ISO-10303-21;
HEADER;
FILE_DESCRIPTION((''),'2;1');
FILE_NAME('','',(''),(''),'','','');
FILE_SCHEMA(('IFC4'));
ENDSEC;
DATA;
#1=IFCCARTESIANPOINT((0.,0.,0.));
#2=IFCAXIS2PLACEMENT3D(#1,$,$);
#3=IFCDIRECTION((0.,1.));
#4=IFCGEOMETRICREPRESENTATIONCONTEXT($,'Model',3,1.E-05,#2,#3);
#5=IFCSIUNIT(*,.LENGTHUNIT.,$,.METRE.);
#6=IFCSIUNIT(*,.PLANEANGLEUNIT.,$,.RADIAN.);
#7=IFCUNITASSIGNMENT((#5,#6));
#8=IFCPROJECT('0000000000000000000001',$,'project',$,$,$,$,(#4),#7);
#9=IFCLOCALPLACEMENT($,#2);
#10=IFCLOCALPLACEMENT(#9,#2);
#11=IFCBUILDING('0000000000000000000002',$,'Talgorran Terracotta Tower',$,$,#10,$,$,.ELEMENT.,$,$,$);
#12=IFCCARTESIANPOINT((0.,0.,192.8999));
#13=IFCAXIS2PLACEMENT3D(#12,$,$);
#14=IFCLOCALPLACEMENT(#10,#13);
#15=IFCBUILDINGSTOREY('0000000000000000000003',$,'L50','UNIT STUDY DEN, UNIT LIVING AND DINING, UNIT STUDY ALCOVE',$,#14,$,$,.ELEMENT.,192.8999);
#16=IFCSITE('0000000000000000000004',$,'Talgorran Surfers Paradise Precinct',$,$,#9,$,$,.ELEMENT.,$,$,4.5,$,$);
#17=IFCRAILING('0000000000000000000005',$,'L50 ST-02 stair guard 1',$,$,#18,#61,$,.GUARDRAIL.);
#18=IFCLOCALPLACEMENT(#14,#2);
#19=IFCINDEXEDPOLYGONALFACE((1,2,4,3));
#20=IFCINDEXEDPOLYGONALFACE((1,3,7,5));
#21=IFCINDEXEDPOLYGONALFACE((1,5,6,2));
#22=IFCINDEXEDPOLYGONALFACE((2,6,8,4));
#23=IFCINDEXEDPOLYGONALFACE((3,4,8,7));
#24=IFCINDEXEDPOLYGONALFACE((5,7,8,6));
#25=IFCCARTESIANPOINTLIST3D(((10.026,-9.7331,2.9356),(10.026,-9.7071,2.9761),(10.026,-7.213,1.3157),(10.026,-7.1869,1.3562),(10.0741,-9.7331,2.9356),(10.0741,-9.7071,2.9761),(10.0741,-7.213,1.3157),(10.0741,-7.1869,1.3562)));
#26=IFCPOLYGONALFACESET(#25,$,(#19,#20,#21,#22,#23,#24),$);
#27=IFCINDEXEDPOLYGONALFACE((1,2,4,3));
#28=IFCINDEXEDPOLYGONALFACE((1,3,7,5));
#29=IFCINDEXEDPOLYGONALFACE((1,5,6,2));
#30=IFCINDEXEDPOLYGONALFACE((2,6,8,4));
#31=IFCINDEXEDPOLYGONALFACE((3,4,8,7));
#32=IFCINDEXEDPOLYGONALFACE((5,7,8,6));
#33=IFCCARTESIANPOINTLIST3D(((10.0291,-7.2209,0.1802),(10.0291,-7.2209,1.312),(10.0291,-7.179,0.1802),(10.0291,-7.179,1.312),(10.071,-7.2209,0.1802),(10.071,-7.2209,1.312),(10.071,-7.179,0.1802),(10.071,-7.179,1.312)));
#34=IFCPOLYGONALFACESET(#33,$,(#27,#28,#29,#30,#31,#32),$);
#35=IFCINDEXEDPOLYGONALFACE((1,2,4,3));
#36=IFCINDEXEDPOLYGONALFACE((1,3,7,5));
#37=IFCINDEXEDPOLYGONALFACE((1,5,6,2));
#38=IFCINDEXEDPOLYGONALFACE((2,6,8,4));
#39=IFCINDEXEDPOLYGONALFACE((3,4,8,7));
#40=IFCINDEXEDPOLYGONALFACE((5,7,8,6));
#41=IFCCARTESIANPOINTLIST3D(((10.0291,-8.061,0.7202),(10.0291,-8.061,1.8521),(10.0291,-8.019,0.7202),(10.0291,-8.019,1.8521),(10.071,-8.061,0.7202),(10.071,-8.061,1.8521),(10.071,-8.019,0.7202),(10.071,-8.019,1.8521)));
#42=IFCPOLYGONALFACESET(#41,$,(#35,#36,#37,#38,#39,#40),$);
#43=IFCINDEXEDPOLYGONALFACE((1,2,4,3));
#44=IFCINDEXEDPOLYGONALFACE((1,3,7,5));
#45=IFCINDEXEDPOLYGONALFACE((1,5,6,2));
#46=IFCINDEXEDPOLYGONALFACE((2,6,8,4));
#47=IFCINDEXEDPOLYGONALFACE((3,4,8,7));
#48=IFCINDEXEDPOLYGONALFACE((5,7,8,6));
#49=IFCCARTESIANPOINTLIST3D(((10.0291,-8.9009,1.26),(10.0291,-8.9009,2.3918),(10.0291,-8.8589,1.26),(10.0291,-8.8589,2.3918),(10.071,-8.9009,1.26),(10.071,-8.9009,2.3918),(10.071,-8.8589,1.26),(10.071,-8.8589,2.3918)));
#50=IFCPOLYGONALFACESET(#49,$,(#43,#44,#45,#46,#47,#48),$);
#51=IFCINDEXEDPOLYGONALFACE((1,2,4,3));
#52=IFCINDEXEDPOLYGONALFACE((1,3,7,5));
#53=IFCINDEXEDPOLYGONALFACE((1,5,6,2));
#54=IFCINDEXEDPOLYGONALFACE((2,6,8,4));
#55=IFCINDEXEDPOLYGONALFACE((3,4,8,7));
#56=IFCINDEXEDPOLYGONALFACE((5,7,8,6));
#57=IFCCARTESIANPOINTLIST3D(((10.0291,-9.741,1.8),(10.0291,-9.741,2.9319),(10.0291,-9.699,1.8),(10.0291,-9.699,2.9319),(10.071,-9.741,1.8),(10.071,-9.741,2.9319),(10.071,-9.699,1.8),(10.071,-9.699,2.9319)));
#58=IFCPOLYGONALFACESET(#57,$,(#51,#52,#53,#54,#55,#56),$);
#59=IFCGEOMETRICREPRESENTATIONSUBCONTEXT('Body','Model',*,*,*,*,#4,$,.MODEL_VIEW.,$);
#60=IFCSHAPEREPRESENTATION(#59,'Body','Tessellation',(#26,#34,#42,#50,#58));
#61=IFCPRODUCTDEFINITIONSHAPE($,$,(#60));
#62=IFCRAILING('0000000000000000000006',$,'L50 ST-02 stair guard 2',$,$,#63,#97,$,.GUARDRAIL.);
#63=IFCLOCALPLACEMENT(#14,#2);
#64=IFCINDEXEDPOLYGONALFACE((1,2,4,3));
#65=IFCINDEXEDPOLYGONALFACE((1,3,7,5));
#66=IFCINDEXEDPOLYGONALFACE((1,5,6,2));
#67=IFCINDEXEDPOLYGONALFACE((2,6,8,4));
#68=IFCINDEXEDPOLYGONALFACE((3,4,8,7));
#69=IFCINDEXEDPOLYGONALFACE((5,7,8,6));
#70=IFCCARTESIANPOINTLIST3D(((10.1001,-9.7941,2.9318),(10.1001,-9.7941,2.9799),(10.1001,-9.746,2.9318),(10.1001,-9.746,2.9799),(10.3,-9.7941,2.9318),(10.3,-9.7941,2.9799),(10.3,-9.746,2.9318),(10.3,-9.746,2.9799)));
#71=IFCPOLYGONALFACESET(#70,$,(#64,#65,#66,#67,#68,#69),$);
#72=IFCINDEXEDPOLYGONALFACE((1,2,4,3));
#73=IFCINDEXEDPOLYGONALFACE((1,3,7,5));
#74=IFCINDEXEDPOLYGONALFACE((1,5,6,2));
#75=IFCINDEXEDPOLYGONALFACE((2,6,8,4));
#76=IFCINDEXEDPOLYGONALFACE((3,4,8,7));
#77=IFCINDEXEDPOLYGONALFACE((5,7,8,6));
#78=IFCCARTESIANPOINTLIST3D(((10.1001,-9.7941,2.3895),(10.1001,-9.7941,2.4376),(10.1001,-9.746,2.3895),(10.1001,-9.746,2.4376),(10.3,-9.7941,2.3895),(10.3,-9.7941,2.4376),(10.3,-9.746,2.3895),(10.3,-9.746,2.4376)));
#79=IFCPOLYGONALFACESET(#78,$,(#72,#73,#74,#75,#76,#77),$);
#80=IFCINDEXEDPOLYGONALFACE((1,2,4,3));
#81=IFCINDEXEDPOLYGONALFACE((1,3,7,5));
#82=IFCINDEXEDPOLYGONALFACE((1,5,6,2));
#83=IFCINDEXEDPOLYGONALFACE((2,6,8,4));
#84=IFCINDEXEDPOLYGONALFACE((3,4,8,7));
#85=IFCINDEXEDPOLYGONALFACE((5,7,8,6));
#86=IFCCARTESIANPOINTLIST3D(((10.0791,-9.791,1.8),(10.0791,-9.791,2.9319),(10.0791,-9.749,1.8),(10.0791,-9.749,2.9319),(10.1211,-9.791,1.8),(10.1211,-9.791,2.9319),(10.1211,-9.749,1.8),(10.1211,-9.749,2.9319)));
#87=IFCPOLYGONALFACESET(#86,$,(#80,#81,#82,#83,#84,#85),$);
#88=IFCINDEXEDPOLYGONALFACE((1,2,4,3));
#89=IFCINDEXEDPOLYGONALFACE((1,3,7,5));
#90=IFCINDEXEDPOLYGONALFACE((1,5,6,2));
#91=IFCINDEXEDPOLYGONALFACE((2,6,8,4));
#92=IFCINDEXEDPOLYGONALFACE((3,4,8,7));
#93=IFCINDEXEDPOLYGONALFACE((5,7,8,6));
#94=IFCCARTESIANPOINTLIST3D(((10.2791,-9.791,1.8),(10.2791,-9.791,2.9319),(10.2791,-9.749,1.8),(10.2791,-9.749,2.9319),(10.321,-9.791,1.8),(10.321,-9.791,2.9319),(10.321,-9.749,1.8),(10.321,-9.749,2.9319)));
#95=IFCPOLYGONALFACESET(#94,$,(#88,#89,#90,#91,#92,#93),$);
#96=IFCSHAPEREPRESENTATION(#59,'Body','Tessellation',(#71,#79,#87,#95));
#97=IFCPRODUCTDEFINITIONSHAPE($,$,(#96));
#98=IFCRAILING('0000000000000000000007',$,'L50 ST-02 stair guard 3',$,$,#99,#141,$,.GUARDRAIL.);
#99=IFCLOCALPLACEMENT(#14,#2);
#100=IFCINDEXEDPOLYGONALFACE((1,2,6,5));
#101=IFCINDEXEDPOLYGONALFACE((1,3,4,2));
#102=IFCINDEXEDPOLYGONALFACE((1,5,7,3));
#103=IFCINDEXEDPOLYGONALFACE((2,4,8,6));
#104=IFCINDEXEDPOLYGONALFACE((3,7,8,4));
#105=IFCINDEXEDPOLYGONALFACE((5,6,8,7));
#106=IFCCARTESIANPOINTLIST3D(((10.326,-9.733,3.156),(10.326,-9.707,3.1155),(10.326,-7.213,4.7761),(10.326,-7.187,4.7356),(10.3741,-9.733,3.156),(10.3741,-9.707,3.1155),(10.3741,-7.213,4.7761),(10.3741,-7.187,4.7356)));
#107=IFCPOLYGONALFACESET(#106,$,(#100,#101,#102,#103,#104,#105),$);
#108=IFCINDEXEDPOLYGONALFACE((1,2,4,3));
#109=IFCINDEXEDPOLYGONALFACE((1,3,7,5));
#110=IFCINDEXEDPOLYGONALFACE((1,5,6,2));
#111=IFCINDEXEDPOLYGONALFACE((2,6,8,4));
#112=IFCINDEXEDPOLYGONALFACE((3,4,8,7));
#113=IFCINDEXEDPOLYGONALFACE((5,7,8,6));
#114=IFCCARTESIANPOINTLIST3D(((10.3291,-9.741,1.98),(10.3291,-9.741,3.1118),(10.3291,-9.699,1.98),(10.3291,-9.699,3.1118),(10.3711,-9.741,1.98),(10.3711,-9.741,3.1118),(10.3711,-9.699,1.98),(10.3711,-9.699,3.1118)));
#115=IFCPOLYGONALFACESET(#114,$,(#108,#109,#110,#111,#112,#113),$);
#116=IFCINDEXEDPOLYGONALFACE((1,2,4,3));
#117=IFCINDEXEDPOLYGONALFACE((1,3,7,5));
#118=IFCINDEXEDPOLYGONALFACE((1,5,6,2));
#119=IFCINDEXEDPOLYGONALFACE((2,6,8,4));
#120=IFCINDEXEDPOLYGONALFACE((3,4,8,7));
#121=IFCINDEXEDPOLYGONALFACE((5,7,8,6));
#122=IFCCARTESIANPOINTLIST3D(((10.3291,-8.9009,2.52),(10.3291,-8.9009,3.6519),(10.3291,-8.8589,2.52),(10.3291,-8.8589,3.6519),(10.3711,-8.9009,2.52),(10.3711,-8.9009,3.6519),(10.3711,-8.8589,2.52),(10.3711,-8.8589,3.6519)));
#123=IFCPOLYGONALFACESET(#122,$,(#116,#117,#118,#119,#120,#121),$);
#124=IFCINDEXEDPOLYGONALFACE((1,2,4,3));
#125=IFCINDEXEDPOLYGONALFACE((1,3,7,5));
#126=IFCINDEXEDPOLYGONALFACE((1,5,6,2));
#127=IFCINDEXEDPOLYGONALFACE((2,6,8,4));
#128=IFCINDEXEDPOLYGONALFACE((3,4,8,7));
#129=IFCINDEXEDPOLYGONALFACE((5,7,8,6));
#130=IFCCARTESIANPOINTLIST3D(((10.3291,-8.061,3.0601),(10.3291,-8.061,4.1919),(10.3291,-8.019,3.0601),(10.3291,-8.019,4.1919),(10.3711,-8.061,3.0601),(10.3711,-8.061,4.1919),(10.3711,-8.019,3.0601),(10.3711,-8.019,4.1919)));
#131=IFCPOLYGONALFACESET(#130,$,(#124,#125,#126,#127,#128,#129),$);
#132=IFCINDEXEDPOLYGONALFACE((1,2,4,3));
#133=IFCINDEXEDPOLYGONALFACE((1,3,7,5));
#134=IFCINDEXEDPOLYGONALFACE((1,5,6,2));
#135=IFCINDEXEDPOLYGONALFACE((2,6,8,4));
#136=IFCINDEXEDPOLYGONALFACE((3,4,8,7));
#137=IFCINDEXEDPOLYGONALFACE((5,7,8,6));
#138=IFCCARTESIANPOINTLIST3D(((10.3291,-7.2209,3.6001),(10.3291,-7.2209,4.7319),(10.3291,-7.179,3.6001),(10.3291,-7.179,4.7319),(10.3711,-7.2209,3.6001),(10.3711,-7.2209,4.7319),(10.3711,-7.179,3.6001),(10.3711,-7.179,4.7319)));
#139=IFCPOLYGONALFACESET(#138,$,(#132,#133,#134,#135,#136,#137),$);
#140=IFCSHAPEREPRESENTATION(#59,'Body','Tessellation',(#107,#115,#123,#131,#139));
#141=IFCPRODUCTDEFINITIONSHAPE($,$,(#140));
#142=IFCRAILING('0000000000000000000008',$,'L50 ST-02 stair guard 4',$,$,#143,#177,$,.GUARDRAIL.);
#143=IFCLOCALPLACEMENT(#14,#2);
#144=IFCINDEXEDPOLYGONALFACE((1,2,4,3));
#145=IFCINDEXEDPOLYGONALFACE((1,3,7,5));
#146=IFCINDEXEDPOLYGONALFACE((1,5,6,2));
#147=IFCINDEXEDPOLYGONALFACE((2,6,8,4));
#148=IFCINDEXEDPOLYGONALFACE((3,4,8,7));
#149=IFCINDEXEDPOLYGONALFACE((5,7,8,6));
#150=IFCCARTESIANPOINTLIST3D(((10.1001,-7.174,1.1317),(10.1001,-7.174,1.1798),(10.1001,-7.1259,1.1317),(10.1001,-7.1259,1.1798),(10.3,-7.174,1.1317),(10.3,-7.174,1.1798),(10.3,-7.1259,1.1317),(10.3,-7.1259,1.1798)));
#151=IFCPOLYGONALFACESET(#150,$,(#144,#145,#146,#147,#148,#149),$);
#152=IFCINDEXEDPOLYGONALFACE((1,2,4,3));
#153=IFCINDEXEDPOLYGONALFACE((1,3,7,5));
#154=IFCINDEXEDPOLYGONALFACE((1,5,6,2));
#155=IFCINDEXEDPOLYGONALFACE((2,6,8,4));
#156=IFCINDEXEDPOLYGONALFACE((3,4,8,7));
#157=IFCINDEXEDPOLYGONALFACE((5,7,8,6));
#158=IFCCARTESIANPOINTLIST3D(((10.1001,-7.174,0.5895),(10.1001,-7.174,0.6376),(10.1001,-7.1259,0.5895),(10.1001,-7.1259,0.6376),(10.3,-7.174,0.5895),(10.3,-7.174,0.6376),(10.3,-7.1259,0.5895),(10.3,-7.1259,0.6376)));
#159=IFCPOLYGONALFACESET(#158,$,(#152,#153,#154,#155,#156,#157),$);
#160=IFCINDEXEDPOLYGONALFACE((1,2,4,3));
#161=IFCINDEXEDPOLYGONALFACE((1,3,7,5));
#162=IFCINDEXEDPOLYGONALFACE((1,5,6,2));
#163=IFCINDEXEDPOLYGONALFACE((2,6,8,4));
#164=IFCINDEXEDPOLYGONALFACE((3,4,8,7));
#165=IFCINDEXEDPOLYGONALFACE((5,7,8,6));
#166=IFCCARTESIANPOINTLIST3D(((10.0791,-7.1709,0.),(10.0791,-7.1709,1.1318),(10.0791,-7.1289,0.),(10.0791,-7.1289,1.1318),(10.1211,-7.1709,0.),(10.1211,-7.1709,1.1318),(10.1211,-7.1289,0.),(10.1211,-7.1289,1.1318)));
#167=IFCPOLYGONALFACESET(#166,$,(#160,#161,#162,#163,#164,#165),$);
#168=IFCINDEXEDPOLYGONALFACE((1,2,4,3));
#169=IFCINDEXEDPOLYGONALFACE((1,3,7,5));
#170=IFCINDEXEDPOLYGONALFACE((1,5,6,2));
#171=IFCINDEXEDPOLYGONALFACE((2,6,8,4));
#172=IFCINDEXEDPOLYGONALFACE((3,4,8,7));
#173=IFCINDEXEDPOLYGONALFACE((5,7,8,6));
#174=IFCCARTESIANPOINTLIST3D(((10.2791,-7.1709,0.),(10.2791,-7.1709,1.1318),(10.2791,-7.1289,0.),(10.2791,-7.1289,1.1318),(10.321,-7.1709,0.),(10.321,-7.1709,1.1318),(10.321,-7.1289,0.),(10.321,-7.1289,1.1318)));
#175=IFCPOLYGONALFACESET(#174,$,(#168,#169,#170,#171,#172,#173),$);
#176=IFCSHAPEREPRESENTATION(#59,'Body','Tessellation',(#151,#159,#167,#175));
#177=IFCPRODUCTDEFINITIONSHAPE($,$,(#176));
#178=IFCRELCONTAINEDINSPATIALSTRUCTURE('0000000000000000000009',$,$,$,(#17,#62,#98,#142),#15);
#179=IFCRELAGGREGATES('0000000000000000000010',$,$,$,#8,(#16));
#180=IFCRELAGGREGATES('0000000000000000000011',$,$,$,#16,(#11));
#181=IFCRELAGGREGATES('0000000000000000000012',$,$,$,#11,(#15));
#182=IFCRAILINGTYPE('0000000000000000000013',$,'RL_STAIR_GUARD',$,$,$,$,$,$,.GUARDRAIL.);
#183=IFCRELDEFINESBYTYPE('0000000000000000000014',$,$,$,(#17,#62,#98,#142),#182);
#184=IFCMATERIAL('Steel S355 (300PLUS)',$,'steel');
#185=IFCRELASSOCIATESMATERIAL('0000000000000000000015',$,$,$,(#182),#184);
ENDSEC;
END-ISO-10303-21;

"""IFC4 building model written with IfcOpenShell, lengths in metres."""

from ifc_helpers import new_model, si_unit, direction, frame, origin, origin_2d, place, context, subcontext, project, spatial, rectangle, extrude, material, type_object, element, save


model = new_model("IFC4")

# Units and contexts
model_context = context("Model", 3, precision=1e-05, world=origin(), true_north=direction((0.0, 1.0)))
body_context = subcontext(model_context, "Body", "Model", "MODEL_VIEW")
ifc_project = project(units=[si_unit("LENGTHUNIT", "METRE"), si_unit("PLANEANGLEUNIT", "RADIAN")], contexts=[model_context])

# Site, building, storey
site_placement = place(None, origin())
site = spatial("IfcSite", under=ifc_project, at=site_placement, Name="Talgorran Surfers Paradise Precinct", CompositionType="ELEMENT", RefElevation=4.5)
building_placement = place(site_placement, origin())
building = spatial("IfcBuilding", under=site, at=building_placement, Name="Talgorran Terracotta Tower", CompositionType="ELEMENT")
storey_placement = place(building_placement, frame((0.0, 0.0, 192.8999)))
storey = spatial("IfcBuildingStorey", under=building, at=storey_placement, Name="L50", Description="UNIT STUDY DEN, UNIT LIVING AND DINING, UNIT STUDY ALCOVE", CompositionType="ELEMENT", Elevation=192.8999)

# Shared definitions
ifc_material_1 = material(Name="Steel S355 (300PLUS)", Category="steel")

# Railings
railing_type_1 = type_object("IfcRailingType", Name="RL_STAIR_GUARD", PredefinedType="GUARDRAIL", material=ifc_material_1)
railing_1_placement = place(storey_placement, frame((10.05, -7.2, 0.1802)))
element("IfcRailing", 1, at=railing_1_placement, inside=storey, type_object=railing_type_1, Name="L50 ST-02 stair guard 1", PredefinedType="GUARDRAIL", context=body_context, shape_type="SweptSolid", body=[
    extrude(rectangle(XDim=0.0481, YDim=0.0481, at=origin_2d()), frame((0.0, 0.0, 1.1558), z_axis=(0.0, -0.8412, 0.540725), x_axis=(1.0, 0.0, 0.0)), (0.0, 0.0, 1.0), 2.9958),
    extrude(rectangle(XDim=0.042, YDim=0.042, at=origin_2d()), origin(), (0.0, 0.0, 1.0), 1.1318),
    extrude(rectangle(XDim=0.042, YDim=0.042, at=origin_2d()), frame((0.0, -0.8401, 0.54)), (0.0, 0.0, 1.0), 1.1318),
    extrude(rectangle(XDim=0.042, YDim=0.042, at=origin_2d()), frame((0.0, -1.6799, 1.0798)), (0.0, 0.0, 1.0), 1.1318),
    extrude(rectangle(XDim=0.042, YDim=0.042, at=origin_2d()), frame((0.0, -2.52, 1.6199)), (0.0, 0.0, 1.0), 1.1318),
])
railing_2_placement = place(storey_placement, frame((10.1001, -9.77, 1.8)))
element("IfcRailing", 2, at=railing_2_placement, inside=storey, type_object=railing_type_1, Name="L50 ST-02 stair guard 2", PredefinedType="GUARDRAIL", context=body_context, shape_type="SweptSolid", body=[
    extrude(rectangle(XDim=0.0481, YDim=0.0481, at=origin_2d()), frame((0.0, 0.0, 1.1558), z_axis=(1.0, 0.0, 0.0), x_axis=(0.0, 1.0, 0.0)), (0.0, 0.0, 1.0), 0.2),
    extrude(rectangle(XDim=0.0481, YDim=0.0481, at=origin_2d()), frame((0.0, 0.0, 0.6135), z_axis=(1.0, 0.0, 0.0), x_axis=(0.0, 1.0, 0.0)), (0.0, 0.0, 1.0), 0.2),
    extrude(rectangle(XDim=0.042, YDim=0.042, at=origin_2d()), origin(), (0.0, 0.0, 1.0), 1.1318),
    extrude(rectangle(XDim=0.042, YDim=0.042, at=origin_2d()), frame((0.2, 0.0, 0.0)), (0.0, 0.0, 1.0), 1.1318),
])
railing_3_placement = place(storey_placement, frame((10.3501, -9.72, 1.98)))
element("IfcRailing", 3, at=railing_3_placement, inside=storey, type_object=railing_type_1, Name="L50 ST-02 stair guard 3", PredefinedType="GUARDRAIL", context=body_context, shape_type="SweptSolid", body=[
    extrude(rectangle(XDim=0.0481, YDim=0.0481, at=origin_2d()), frame((0.0, 0.0, 1.1558), z_axis=(0.0, 0.841163, 0.540782), x_axis=(-1.0, 0.0, 0.0)), (0.0, 0.0, 1.0), 2.9958),
    extrude(rectangle(XDim=0.042, YDim=0.042, at=origin_2d()), origin(), (0.0, 0.0, 1.0), 1.1318),
    extrude(rectangle(XDim=0.042, YDim=0.042, at=origin_2d()), frame((0.0, 0.8401, 0.54)), (0.0, 0.0, 1.0), 1.1318),
    extrude(rectangle(XDim=0.042, YDim=0.042, at=origin_2d()), frame((0.0, 1.6799, 1.0801)), (0.0, 0.0, 1.0), 1.1318),
    extrude(rectangle(XDim=0.042, YDim=0.042, at=origin_2d()), frame((0.0, 2.52, 1.6201)), (0.0, 0.0, 1.0), 1.1318),
])
railing_4_placement = place(storey_placement, frame((10.1001, -7.1499, 0.0)))
element("IfcRailing", 4, at=railing_4_placement, inside=storey, type_object=railing_type_1, Name="L50 ST-02 stair guard 4", PredefinedType="GUARDRAIL", context=body_context, shape_type="SweptSolid", body=[
    extrude(rectangle(XDim=0.0481, YDim=0.0481, at=origin_2d()), frame((0.0, 0.0, 1.1558), z_axis=(1.0, 0.0, 0.0), x_axis=(0.0, 1.0, 0.0)), (0.0, 0.0, 1.0), 0.2),
    extrude(rectangle(XDim=0.0481, YDim=0.0481, at=origin_2d()), frame((0.0, 0.0, 0.6135), z_axis=(1.0, 0.0, 0.0), x_axis=(0.0, 1.0, 0.0)), (0.0, 0.0, 1.0), 0.2),
    extrude(rectangle(XDim=0.042, YDim=0.042, at=origin_2d()), origin(), (0.0, 0.0, 1.0), 1.1318),
    extrude(rectangle(XDim=0.042, YDim=0.042, at=origin_2d()), frame((0.2, 0.0, 0.0)), (0.0, 0.0, 1.0), 1.1318),
])

save(model, "model.ifc")
